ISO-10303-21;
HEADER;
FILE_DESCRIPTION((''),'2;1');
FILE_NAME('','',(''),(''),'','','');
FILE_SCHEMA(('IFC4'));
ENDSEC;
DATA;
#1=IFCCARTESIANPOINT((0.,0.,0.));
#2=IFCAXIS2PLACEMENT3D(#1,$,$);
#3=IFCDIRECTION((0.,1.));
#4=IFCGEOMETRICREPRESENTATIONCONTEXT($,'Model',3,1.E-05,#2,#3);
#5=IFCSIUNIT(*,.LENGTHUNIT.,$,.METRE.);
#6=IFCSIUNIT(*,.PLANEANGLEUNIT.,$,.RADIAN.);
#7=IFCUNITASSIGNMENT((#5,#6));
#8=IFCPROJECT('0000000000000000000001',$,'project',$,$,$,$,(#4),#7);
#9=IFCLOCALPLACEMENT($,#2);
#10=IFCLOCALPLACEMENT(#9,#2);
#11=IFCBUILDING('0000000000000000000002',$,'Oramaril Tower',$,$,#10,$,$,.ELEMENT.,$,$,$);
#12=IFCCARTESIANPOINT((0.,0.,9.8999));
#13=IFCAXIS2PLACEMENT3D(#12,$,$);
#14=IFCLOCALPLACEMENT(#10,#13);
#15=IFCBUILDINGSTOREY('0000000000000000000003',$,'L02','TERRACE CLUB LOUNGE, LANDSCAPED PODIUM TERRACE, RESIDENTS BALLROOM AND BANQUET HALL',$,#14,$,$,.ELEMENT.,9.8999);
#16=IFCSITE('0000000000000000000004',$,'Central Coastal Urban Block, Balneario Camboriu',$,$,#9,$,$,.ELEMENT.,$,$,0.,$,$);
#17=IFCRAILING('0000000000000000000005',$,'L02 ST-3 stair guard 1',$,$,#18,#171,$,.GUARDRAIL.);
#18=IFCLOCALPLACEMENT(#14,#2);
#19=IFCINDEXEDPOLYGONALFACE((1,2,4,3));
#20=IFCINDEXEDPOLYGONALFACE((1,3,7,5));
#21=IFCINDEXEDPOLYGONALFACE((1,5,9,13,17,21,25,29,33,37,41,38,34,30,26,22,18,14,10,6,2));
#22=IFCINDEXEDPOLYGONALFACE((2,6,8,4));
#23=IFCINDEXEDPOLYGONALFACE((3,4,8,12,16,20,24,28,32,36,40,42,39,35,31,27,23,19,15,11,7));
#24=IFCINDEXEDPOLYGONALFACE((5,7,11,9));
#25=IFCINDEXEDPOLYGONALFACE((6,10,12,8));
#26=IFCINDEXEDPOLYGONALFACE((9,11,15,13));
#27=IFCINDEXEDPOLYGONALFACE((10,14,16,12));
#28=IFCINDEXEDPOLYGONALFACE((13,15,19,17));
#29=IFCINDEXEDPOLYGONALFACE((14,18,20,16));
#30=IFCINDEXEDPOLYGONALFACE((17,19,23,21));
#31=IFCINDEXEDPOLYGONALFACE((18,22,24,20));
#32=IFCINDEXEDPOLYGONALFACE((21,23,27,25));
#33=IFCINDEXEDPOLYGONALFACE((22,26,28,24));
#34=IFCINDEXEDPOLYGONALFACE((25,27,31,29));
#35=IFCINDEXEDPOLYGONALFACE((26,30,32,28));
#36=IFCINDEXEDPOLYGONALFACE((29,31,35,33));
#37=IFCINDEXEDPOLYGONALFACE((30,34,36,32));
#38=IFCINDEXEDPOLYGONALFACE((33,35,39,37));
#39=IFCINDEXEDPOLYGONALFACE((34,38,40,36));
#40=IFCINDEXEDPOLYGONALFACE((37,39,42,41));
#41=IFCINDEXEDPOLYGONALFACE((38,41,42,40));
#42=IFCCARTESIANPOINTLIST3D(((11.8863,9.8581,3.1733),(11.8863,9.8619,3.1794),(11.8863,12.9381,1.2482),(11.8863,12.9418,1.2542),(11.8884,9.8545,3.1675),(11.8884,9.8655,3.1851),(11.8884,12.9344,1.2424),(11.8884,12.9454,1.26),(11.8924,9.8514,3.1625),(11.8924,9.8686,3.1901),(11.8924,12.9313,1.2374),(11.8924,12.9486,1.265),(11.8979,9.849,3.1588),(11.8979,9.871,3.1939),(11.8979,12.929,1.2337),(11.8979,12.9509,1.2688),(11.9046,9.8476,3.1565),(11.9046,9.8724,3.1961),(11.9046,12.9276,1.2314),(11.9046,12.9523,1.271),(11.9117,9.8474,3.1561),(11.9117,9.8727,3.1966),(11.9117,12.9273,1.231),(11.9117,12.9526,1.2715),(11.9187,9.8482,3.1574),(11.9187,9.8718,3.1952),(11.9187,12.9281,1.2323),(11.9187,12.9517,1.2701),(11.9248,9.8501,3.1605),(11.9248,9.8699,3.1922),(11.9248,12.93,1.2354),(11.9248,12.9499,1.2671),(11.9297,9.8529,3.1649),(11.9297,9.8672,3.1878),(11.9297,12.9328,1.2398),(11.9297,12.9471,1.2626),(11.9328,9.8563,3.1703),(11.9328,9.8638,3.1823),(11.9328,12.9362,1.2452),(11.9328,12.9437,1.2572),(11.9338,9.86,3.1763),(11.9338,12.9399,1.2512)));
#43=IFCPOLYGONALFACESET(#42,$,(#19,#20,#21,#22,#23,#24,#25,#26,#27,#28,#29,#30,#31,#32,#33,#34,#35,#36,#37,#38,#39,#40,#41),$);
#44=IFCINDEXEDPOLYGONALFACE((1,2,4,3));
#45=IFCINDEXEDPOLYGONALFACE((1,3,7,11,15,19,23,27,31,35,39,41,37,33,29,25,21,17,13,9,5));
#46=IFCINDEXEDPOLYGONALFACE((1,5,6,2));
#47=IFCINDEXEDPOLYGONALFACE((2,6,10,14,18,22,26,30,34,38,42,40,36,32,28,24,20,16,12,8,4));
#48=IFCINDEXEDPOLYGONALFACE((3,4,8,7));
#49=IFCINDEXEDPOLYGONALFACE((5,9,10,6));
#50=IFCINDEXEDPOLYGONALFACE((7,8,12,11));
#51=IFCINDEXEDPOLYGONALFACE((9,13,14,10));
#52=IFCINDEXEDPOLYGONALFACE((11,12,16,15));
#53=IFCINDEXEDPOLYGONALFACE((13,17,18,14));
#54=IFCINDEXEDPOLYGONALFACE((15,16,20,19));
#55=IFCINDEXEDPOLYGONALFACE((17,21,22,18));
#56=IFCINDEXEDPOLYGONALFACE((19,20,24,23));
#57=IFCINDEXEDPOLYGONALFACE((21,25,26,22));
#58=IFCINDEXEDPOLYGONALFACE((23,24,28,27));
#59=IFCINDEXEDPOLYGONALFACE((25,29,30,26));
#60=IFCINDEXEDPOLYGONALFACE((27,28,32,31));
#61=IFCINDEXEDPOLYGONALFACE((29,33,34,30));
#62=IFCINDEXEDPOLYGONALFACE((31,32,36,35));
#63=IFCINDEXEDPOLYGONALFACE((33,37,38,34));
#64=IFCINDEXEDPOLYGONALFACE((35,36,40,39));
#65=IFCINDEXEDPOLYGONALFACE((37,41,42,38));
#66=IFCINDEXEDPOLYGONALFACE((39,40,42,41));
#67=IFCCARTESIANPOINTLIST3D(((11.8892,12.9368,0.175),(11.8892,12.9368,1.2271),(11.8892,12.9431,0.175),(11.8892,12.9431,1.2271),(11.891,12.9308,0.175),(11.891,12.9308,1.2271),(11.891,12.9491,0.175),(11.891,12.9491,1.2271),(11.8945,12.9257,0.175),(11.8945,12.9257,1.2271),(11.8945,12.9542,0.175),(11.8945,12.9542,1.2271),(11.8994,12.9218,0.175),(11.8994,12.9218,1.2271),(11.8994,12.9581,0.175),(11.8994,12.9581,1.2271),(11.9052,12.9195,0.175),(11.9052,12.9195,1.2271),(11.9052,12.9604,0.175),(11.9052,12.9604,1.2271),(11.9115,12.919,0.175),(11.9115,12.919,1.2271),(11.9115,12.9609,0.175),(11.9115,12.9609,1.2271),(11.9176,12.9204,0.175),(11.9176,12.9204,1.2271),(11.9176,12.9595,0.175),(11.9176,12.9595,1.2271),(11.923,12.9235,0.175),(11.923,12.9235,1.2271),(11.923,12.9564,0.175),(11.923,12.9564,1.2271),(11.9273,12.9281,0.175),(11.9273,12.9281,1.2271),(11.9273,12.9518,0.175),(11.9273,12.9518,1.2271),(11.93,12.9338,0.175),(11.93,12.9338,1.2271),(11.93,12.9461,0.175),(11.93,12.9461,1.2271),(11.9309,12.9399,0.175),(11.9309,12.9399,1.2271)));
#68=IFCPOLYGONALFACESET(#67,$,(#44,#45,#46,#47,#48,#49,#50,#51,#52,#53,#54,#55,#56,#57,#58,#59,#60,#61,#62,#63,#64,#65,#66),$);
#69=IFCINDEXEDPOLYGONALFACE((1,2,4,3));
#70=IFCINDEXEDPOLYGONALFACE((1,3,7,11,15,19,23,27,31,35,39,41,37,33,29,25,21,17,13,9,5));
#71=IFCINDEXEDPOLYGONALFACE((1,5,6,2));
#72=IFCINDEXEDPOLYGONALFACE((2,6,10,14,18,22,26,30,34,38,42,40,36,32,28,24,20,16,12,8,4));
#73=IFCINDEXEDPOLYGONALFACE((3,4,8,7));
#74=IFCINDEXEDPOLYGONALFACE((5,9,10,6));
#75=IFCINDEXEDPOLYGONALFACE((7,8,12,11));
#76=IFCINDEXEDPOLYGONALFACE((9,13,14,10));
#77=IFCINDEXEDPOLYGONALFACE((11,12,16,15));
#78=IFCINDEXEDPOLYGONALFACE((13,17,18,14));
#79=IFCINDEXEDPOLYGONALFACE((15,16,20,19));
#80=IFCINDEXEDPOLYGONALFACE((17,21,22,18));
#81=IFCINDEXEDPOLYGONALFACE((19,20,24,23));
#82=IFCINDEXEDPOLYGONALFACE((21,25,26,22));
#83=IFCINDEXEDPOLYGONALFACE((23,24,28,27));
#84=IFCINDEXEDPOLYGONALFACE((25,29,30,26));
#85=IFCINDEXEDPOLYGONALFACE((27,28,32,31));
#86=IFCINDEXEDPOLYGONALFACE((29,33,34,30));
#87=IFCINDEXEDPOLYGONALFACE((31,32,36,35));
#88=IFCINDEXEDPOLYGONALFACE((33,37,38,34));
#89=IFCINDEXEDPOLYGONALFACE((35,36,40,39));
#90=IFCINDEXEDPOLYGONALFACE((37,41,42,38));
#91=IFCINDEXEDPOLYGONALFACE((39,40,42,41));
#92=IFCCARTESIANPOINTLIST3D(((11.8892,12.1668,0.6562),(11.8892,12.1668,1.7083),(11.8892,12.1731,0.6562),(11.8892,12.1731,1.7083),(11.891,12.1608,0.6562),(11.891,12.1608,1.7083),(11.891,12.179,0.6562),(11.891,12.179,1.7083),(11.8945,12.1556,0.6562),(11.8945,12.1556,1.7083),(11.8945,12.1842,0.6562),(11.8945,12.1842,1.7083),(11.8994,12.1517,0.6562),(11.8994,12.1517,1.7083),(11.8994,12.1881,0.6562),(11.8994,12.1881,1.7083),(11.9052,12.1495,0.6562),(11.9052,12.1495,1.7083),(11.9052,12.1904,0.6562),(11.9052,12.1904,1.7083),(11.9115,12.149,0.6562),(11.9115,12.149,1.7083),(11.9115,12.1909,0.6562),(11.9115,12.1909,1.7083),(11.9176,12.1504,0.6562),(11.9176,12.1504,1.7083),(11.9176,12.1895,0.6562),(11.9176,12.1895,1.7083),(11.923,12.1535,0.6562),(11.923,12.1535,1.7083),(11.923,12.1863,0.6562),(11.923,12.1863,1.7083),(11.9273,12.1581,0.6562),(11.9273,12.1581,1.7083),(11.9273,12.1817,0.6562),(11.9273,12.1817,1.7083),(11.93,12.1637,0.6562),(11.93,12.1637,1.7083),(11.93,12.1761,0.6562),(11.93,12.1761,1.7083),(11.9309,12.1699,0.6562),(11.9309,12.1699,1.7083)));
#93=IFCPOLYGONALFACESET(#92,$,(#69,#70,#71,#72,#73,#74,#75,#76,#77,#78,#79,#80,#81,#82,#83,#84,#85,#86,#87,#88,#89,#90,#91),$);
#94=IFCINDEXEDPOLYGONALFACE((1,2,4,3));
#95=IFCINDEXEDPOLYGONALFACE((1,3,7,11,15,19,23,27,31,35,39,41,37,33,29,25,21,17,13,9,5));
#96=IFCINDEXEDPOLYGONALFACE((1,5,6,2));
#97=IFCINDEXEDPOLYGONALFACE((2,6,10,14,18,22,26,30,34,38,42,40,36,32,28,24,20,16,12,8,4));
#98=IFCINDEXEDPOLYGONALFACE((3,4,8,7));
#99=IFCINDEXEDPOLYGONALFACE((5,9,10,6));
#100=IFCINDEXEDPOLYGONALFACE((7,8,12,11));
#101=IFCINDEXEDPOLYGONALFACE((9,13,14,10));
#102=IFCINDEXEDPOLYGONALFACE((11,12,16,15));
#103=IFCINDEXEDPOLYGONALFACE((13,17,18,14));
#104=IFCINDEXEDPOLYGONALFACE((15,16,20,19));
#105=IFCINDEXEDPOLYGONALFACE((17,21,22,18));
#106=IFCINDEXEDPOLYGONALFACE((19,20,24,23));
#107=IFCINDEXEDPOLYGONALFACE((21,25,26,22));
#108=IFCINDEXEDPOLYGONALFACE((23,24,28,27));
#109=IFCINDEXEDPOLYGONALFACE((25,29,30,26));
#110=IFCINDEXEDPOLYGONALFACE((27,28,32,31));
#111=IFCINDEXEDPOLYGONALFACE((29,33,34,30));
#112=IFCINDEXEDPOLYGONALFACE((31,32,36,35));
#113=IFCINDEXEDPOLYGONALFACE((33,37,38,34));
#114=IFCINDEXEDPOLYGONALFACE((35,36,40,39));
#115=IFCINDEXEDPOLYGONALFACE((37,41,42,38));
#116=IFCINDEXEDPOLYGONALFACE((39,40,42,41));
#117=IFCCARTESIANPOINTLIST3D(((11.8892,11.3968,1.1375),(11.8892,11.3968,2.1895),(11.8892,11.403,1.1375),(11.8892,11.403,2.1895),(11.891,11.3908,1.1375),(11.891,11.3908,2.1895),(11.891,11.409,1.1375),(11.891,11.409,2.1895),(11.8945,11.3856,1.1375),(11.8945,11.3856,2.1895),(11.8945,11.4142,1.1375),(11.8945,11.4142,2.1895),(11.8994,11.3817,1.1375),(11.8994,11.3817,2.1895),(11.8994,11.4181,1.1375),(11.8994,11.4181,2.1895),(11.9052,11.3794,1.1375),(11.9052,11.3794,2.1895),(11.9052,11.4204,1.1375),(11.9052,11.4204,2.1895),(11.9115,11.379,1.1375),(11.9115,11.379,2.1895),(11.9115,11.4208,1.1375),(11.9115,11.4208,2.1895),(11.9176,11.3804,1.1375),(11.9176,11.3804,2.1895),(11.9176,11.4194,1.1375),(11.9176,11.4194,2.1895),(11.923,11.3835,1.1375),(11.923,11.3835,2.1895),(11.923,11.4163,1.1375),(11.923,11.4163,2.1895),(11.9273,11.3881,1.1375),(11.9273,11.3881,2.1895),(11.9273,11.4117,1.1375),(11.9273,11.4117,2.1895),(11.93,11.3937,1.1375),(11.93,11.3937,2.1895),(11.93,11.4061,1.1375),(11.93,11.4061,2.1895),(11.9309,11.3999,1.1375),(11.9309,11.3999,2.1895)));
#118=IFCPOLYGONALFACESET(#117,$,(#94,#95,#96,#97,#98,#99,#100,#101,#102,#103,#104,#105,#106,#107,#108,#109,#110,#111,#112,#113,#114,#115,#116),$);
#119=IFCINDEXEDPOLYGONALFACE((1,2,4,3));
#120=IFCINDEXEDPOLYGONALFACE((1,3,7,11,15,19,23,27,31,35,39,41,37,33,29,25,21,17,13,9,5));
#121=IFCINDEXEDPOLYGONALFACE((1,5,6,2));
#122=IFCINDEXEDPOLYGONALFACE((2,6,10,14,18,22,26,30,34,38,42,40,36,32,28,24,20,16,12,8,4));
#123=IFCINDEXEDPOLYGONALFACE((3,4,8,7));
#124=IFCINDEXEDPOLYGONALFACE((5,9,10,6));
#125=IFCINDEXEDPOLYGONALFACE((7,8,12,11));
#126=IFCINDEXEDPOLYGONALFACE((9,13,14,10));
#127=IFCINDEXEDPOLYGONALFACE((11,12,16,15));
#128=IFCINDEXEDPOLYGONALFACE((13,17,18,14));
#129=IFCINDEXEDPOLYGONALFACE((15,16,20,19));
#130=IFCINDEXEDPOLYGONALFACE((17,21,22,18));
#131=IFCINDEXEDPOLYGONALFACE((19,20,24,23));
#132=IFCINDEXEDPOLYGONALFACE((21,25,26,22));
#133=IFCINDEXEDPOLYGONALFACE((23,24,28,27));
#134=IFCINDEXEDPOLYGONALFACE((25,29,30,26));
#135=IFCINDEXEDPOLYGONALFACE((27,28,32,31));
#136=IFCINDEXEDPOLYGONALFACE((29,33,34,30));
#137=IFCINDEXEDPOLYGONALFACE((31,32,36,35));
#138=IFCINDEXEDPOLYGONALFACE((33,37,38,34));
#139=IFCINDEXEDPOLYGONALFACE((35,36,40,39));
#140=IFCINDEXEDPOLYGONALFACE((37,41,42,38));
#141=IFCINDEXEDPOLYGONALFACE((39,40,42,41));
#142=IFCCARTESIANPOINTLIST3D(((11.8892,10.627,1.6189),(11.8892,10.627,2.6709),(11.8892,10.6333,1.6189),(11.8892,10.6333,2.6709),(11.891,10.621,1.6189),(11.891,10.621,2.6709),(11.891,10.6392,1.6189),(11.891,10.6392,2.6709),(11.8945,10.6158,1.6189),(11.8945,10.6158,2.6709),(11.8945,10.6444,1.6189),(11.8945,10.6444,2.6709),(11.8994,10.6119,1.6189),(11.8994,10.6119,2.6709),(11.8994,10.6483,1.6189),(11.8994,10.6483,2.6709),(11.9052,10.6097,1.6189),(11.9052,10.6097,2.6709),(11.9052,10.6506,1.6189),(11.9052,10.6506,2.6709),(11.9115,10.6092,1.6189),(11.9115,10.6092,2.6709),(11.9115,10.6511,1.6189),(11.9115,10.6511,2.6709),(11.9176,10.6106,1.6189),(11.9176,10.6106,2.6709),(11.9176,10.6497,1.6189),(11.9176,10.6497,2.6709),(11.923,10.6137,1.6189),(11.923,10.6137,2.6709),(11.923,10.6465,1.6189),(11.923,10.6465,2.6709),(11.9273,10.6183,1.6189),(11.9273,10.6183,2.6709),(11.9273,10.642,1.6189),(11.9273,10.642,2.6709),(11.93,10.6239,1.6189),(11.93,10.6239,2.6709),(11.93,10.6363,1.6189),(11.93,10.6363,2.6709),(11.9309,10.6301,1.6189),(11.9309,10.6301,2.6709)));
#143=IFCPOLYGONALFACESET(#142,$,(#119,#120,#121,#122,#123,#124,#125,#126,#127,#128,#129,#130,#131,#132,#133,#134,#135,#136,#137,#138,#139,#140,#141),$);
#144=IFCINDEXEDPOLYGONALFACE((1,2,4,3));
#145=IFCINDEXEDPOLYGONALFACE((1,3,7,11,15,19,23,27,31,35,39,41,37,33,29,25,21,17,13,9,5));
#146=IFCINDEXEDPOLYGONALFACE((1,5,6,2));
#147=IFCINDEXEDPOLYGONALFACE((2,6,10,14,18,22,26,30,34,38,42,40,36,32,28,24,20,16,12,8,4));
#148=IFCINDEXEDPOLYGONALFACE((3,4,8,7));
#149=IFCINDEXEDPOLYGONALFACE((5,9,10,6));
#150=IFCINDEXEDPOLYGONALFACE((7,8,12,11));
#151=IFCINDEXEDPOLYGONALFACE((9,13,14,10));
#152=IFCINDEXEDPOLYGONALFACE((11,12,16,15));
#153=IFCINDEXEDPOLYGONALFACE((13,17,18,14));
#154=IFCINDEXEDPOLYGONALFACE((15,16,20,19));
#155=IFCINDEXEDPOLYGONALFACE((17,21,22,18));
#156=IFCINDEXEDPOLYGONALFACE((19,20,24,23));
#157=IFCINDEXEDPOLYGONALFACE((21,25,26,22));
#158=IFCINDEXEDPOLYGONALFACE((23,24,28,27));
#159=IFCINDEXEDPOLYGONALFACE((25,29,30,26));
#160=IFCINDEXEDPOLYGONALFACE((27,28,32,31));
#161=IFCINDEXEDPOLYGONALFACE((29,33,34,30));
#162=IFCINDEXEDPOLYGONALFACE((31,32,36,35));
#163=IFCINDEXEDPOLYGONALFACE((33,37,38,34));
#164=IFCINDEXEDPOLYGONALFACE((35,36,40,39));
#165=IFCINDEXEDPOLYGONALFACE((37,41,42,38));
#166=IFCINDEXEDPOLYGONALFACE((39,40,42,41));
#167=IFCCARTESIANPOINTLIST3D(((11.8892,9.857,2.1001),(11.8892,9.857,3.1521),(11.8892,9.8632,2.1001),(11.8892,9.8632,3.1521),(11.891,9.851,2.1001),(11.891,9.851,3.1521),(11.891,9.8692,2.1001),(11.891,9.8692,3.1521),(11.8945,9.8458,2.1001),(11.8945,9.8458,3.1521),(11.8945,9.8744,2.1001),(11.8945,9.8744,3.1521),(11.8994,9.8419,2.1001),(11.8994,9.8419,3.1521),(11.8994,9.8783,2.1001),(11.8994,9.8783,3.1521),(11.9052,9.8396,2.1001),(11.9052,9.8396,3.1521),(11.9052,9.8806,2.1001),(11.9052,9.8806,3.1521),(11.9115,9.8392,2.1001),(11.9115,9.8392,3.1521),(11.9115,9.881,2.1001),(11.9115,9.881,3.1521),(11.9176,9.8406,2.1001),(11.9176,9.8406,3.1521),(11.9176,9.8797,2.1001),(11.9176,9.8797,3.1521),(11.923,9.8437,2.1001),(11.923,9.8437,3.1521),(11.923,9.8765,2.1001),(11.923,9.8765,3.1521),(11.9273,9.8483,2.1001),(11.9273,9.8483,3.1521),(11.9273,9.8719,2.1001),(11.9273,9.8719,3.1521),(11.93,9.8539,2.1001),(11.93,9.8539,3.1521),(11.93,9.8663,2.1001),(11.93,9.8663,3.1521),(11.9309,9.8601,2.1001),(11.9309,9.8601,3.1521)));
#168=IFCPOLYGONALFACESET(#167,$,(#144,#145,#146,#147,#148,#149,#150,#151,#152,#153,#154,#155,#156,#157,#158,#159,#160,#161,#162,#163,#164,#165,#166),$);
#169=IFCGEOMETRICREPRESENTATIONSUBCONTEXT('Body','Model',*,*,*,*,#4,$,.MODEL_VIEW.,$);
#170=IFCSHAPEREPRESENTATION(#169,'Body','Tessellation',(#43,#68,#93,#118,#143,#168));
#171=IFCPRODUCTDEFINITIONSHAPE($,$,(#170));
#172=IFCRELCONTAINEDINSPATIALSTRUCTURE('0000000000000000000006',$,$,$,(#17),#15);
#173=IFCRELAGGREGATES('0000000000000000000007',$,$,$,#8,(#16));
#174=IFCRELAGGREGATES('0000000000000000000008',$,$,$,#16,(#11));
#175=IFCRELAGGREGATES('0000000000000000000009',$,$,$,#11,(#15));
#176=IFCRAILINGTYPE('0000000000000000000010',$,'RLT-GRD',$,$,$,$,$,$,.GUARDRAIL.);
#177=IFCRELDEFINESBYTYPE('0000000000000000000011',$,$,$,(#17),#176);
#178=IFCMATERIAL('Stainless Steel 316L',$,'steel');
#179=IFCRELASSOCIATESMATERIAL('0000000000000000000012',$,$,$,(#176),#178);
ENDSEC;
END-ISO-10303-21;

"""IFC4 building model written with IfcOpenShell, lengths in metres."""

from ifc_helpers import new_model, si_unit, direction, frame, origin, origin_2d, place, context, subcontext, project, spatial, circle, extrude, material, type_object, element, save


model = new_model("IFC4")

# Units and contexts
model_context = context("Model", 3, precision=1e-05, world=origin(), true_north=direction((0.0, 1.0)))
body_context = subcontext(model_context, "Body", "Model", "MODEL_VIEW")
ifc_project = project(units=[si_unit("LENGTHUNIT", "METRE"), si_unit("PLANEANGLEUNIT", "RADIAN")], contexts=[model_context])

# Site, building, storey
site_placement = place(None, origin())
site = spatial("IfcSite", under=ifc_project, at=site_placement, Name="Central Coastal Urban Block, Balneario Camboriu", CompositionType="ELEMENT", RefElevation=0.0)
building_placement = place(site_placement, origin())
building = spatial("IfcBuilding", under=site, at=building_placement, Name="Oramaril Tower", CompositionType="ELEMENT")
storey_placement = place(building_placement, frame((0.0, 0.0, 9.8999)))
storey = spatial("IfcBuildingStorey", under=building, at=storey_placement, Name="L02", Description="TERRACE CLUB LOUNGE, LANDSCAPED PODIUM TERRACE, RESIDENTS BALLROOM AND BANQUET HALL", CompositionType="ELEMENT", Elevation=9.8999)

# Railing
ifc_material_1 = material(Name="Stainless Steel 316L", Category="steel")
railing_type_1 = type_object("IfcRailingType", Name="RLT-GRD", PredefinedType="GUARDRAIL", material=ifc_material_1)
railing_1_placement = place(storey_placement, frame((11.9099, 12.9399, 0.175)))
element("IfcRailing", 1, at=railing_1_placement, inside=storey, type_object=railing_type_1, Name="L02 ST-3 stair guard 1", PredefinedType="GUARDRAIL", context=body_context, shape_type="SweptSolid", body=[
    extrude(circle(Radius=0.0239, at=origin_2d()), frame((0.0, 0.0, 1.0762), z_axis=(0.0, -0.847979, 0.530029), x_axis=(1.0, 0.0, 0.0)), (0.0, 0.0, 1.0), 3.6321),
    extrude(circle(Radius=0.021, at=origin_2d()), origin(), (0.0, 0.0, 1.0), 1.052),
    extrude(circle(Radius=0.021, at=origin_2d()), frame((0.0, -0.77, 0.4812)), (0.0, 0.0, 1.0), 1.052),
    extrude(circle(Radius=0.021, at=origin_2d()), frame((0.0, -1.54, 0.9624)), (0.0, 0.0, 1.0), 1.052),
    extrude(circle(Radius=0.021, at=origin_2d()), frame((0.0, -2.3098, 1.4438)), (0.0, 0.0, 1.0), 1.052),
    extrude(circle(Radius=0.021, at=origin_2d()), frame((0.0, -3.0798, 1.925)), (0.0, 0.0, 1.0), 1.052),
])

save(model, "model.ifc")
